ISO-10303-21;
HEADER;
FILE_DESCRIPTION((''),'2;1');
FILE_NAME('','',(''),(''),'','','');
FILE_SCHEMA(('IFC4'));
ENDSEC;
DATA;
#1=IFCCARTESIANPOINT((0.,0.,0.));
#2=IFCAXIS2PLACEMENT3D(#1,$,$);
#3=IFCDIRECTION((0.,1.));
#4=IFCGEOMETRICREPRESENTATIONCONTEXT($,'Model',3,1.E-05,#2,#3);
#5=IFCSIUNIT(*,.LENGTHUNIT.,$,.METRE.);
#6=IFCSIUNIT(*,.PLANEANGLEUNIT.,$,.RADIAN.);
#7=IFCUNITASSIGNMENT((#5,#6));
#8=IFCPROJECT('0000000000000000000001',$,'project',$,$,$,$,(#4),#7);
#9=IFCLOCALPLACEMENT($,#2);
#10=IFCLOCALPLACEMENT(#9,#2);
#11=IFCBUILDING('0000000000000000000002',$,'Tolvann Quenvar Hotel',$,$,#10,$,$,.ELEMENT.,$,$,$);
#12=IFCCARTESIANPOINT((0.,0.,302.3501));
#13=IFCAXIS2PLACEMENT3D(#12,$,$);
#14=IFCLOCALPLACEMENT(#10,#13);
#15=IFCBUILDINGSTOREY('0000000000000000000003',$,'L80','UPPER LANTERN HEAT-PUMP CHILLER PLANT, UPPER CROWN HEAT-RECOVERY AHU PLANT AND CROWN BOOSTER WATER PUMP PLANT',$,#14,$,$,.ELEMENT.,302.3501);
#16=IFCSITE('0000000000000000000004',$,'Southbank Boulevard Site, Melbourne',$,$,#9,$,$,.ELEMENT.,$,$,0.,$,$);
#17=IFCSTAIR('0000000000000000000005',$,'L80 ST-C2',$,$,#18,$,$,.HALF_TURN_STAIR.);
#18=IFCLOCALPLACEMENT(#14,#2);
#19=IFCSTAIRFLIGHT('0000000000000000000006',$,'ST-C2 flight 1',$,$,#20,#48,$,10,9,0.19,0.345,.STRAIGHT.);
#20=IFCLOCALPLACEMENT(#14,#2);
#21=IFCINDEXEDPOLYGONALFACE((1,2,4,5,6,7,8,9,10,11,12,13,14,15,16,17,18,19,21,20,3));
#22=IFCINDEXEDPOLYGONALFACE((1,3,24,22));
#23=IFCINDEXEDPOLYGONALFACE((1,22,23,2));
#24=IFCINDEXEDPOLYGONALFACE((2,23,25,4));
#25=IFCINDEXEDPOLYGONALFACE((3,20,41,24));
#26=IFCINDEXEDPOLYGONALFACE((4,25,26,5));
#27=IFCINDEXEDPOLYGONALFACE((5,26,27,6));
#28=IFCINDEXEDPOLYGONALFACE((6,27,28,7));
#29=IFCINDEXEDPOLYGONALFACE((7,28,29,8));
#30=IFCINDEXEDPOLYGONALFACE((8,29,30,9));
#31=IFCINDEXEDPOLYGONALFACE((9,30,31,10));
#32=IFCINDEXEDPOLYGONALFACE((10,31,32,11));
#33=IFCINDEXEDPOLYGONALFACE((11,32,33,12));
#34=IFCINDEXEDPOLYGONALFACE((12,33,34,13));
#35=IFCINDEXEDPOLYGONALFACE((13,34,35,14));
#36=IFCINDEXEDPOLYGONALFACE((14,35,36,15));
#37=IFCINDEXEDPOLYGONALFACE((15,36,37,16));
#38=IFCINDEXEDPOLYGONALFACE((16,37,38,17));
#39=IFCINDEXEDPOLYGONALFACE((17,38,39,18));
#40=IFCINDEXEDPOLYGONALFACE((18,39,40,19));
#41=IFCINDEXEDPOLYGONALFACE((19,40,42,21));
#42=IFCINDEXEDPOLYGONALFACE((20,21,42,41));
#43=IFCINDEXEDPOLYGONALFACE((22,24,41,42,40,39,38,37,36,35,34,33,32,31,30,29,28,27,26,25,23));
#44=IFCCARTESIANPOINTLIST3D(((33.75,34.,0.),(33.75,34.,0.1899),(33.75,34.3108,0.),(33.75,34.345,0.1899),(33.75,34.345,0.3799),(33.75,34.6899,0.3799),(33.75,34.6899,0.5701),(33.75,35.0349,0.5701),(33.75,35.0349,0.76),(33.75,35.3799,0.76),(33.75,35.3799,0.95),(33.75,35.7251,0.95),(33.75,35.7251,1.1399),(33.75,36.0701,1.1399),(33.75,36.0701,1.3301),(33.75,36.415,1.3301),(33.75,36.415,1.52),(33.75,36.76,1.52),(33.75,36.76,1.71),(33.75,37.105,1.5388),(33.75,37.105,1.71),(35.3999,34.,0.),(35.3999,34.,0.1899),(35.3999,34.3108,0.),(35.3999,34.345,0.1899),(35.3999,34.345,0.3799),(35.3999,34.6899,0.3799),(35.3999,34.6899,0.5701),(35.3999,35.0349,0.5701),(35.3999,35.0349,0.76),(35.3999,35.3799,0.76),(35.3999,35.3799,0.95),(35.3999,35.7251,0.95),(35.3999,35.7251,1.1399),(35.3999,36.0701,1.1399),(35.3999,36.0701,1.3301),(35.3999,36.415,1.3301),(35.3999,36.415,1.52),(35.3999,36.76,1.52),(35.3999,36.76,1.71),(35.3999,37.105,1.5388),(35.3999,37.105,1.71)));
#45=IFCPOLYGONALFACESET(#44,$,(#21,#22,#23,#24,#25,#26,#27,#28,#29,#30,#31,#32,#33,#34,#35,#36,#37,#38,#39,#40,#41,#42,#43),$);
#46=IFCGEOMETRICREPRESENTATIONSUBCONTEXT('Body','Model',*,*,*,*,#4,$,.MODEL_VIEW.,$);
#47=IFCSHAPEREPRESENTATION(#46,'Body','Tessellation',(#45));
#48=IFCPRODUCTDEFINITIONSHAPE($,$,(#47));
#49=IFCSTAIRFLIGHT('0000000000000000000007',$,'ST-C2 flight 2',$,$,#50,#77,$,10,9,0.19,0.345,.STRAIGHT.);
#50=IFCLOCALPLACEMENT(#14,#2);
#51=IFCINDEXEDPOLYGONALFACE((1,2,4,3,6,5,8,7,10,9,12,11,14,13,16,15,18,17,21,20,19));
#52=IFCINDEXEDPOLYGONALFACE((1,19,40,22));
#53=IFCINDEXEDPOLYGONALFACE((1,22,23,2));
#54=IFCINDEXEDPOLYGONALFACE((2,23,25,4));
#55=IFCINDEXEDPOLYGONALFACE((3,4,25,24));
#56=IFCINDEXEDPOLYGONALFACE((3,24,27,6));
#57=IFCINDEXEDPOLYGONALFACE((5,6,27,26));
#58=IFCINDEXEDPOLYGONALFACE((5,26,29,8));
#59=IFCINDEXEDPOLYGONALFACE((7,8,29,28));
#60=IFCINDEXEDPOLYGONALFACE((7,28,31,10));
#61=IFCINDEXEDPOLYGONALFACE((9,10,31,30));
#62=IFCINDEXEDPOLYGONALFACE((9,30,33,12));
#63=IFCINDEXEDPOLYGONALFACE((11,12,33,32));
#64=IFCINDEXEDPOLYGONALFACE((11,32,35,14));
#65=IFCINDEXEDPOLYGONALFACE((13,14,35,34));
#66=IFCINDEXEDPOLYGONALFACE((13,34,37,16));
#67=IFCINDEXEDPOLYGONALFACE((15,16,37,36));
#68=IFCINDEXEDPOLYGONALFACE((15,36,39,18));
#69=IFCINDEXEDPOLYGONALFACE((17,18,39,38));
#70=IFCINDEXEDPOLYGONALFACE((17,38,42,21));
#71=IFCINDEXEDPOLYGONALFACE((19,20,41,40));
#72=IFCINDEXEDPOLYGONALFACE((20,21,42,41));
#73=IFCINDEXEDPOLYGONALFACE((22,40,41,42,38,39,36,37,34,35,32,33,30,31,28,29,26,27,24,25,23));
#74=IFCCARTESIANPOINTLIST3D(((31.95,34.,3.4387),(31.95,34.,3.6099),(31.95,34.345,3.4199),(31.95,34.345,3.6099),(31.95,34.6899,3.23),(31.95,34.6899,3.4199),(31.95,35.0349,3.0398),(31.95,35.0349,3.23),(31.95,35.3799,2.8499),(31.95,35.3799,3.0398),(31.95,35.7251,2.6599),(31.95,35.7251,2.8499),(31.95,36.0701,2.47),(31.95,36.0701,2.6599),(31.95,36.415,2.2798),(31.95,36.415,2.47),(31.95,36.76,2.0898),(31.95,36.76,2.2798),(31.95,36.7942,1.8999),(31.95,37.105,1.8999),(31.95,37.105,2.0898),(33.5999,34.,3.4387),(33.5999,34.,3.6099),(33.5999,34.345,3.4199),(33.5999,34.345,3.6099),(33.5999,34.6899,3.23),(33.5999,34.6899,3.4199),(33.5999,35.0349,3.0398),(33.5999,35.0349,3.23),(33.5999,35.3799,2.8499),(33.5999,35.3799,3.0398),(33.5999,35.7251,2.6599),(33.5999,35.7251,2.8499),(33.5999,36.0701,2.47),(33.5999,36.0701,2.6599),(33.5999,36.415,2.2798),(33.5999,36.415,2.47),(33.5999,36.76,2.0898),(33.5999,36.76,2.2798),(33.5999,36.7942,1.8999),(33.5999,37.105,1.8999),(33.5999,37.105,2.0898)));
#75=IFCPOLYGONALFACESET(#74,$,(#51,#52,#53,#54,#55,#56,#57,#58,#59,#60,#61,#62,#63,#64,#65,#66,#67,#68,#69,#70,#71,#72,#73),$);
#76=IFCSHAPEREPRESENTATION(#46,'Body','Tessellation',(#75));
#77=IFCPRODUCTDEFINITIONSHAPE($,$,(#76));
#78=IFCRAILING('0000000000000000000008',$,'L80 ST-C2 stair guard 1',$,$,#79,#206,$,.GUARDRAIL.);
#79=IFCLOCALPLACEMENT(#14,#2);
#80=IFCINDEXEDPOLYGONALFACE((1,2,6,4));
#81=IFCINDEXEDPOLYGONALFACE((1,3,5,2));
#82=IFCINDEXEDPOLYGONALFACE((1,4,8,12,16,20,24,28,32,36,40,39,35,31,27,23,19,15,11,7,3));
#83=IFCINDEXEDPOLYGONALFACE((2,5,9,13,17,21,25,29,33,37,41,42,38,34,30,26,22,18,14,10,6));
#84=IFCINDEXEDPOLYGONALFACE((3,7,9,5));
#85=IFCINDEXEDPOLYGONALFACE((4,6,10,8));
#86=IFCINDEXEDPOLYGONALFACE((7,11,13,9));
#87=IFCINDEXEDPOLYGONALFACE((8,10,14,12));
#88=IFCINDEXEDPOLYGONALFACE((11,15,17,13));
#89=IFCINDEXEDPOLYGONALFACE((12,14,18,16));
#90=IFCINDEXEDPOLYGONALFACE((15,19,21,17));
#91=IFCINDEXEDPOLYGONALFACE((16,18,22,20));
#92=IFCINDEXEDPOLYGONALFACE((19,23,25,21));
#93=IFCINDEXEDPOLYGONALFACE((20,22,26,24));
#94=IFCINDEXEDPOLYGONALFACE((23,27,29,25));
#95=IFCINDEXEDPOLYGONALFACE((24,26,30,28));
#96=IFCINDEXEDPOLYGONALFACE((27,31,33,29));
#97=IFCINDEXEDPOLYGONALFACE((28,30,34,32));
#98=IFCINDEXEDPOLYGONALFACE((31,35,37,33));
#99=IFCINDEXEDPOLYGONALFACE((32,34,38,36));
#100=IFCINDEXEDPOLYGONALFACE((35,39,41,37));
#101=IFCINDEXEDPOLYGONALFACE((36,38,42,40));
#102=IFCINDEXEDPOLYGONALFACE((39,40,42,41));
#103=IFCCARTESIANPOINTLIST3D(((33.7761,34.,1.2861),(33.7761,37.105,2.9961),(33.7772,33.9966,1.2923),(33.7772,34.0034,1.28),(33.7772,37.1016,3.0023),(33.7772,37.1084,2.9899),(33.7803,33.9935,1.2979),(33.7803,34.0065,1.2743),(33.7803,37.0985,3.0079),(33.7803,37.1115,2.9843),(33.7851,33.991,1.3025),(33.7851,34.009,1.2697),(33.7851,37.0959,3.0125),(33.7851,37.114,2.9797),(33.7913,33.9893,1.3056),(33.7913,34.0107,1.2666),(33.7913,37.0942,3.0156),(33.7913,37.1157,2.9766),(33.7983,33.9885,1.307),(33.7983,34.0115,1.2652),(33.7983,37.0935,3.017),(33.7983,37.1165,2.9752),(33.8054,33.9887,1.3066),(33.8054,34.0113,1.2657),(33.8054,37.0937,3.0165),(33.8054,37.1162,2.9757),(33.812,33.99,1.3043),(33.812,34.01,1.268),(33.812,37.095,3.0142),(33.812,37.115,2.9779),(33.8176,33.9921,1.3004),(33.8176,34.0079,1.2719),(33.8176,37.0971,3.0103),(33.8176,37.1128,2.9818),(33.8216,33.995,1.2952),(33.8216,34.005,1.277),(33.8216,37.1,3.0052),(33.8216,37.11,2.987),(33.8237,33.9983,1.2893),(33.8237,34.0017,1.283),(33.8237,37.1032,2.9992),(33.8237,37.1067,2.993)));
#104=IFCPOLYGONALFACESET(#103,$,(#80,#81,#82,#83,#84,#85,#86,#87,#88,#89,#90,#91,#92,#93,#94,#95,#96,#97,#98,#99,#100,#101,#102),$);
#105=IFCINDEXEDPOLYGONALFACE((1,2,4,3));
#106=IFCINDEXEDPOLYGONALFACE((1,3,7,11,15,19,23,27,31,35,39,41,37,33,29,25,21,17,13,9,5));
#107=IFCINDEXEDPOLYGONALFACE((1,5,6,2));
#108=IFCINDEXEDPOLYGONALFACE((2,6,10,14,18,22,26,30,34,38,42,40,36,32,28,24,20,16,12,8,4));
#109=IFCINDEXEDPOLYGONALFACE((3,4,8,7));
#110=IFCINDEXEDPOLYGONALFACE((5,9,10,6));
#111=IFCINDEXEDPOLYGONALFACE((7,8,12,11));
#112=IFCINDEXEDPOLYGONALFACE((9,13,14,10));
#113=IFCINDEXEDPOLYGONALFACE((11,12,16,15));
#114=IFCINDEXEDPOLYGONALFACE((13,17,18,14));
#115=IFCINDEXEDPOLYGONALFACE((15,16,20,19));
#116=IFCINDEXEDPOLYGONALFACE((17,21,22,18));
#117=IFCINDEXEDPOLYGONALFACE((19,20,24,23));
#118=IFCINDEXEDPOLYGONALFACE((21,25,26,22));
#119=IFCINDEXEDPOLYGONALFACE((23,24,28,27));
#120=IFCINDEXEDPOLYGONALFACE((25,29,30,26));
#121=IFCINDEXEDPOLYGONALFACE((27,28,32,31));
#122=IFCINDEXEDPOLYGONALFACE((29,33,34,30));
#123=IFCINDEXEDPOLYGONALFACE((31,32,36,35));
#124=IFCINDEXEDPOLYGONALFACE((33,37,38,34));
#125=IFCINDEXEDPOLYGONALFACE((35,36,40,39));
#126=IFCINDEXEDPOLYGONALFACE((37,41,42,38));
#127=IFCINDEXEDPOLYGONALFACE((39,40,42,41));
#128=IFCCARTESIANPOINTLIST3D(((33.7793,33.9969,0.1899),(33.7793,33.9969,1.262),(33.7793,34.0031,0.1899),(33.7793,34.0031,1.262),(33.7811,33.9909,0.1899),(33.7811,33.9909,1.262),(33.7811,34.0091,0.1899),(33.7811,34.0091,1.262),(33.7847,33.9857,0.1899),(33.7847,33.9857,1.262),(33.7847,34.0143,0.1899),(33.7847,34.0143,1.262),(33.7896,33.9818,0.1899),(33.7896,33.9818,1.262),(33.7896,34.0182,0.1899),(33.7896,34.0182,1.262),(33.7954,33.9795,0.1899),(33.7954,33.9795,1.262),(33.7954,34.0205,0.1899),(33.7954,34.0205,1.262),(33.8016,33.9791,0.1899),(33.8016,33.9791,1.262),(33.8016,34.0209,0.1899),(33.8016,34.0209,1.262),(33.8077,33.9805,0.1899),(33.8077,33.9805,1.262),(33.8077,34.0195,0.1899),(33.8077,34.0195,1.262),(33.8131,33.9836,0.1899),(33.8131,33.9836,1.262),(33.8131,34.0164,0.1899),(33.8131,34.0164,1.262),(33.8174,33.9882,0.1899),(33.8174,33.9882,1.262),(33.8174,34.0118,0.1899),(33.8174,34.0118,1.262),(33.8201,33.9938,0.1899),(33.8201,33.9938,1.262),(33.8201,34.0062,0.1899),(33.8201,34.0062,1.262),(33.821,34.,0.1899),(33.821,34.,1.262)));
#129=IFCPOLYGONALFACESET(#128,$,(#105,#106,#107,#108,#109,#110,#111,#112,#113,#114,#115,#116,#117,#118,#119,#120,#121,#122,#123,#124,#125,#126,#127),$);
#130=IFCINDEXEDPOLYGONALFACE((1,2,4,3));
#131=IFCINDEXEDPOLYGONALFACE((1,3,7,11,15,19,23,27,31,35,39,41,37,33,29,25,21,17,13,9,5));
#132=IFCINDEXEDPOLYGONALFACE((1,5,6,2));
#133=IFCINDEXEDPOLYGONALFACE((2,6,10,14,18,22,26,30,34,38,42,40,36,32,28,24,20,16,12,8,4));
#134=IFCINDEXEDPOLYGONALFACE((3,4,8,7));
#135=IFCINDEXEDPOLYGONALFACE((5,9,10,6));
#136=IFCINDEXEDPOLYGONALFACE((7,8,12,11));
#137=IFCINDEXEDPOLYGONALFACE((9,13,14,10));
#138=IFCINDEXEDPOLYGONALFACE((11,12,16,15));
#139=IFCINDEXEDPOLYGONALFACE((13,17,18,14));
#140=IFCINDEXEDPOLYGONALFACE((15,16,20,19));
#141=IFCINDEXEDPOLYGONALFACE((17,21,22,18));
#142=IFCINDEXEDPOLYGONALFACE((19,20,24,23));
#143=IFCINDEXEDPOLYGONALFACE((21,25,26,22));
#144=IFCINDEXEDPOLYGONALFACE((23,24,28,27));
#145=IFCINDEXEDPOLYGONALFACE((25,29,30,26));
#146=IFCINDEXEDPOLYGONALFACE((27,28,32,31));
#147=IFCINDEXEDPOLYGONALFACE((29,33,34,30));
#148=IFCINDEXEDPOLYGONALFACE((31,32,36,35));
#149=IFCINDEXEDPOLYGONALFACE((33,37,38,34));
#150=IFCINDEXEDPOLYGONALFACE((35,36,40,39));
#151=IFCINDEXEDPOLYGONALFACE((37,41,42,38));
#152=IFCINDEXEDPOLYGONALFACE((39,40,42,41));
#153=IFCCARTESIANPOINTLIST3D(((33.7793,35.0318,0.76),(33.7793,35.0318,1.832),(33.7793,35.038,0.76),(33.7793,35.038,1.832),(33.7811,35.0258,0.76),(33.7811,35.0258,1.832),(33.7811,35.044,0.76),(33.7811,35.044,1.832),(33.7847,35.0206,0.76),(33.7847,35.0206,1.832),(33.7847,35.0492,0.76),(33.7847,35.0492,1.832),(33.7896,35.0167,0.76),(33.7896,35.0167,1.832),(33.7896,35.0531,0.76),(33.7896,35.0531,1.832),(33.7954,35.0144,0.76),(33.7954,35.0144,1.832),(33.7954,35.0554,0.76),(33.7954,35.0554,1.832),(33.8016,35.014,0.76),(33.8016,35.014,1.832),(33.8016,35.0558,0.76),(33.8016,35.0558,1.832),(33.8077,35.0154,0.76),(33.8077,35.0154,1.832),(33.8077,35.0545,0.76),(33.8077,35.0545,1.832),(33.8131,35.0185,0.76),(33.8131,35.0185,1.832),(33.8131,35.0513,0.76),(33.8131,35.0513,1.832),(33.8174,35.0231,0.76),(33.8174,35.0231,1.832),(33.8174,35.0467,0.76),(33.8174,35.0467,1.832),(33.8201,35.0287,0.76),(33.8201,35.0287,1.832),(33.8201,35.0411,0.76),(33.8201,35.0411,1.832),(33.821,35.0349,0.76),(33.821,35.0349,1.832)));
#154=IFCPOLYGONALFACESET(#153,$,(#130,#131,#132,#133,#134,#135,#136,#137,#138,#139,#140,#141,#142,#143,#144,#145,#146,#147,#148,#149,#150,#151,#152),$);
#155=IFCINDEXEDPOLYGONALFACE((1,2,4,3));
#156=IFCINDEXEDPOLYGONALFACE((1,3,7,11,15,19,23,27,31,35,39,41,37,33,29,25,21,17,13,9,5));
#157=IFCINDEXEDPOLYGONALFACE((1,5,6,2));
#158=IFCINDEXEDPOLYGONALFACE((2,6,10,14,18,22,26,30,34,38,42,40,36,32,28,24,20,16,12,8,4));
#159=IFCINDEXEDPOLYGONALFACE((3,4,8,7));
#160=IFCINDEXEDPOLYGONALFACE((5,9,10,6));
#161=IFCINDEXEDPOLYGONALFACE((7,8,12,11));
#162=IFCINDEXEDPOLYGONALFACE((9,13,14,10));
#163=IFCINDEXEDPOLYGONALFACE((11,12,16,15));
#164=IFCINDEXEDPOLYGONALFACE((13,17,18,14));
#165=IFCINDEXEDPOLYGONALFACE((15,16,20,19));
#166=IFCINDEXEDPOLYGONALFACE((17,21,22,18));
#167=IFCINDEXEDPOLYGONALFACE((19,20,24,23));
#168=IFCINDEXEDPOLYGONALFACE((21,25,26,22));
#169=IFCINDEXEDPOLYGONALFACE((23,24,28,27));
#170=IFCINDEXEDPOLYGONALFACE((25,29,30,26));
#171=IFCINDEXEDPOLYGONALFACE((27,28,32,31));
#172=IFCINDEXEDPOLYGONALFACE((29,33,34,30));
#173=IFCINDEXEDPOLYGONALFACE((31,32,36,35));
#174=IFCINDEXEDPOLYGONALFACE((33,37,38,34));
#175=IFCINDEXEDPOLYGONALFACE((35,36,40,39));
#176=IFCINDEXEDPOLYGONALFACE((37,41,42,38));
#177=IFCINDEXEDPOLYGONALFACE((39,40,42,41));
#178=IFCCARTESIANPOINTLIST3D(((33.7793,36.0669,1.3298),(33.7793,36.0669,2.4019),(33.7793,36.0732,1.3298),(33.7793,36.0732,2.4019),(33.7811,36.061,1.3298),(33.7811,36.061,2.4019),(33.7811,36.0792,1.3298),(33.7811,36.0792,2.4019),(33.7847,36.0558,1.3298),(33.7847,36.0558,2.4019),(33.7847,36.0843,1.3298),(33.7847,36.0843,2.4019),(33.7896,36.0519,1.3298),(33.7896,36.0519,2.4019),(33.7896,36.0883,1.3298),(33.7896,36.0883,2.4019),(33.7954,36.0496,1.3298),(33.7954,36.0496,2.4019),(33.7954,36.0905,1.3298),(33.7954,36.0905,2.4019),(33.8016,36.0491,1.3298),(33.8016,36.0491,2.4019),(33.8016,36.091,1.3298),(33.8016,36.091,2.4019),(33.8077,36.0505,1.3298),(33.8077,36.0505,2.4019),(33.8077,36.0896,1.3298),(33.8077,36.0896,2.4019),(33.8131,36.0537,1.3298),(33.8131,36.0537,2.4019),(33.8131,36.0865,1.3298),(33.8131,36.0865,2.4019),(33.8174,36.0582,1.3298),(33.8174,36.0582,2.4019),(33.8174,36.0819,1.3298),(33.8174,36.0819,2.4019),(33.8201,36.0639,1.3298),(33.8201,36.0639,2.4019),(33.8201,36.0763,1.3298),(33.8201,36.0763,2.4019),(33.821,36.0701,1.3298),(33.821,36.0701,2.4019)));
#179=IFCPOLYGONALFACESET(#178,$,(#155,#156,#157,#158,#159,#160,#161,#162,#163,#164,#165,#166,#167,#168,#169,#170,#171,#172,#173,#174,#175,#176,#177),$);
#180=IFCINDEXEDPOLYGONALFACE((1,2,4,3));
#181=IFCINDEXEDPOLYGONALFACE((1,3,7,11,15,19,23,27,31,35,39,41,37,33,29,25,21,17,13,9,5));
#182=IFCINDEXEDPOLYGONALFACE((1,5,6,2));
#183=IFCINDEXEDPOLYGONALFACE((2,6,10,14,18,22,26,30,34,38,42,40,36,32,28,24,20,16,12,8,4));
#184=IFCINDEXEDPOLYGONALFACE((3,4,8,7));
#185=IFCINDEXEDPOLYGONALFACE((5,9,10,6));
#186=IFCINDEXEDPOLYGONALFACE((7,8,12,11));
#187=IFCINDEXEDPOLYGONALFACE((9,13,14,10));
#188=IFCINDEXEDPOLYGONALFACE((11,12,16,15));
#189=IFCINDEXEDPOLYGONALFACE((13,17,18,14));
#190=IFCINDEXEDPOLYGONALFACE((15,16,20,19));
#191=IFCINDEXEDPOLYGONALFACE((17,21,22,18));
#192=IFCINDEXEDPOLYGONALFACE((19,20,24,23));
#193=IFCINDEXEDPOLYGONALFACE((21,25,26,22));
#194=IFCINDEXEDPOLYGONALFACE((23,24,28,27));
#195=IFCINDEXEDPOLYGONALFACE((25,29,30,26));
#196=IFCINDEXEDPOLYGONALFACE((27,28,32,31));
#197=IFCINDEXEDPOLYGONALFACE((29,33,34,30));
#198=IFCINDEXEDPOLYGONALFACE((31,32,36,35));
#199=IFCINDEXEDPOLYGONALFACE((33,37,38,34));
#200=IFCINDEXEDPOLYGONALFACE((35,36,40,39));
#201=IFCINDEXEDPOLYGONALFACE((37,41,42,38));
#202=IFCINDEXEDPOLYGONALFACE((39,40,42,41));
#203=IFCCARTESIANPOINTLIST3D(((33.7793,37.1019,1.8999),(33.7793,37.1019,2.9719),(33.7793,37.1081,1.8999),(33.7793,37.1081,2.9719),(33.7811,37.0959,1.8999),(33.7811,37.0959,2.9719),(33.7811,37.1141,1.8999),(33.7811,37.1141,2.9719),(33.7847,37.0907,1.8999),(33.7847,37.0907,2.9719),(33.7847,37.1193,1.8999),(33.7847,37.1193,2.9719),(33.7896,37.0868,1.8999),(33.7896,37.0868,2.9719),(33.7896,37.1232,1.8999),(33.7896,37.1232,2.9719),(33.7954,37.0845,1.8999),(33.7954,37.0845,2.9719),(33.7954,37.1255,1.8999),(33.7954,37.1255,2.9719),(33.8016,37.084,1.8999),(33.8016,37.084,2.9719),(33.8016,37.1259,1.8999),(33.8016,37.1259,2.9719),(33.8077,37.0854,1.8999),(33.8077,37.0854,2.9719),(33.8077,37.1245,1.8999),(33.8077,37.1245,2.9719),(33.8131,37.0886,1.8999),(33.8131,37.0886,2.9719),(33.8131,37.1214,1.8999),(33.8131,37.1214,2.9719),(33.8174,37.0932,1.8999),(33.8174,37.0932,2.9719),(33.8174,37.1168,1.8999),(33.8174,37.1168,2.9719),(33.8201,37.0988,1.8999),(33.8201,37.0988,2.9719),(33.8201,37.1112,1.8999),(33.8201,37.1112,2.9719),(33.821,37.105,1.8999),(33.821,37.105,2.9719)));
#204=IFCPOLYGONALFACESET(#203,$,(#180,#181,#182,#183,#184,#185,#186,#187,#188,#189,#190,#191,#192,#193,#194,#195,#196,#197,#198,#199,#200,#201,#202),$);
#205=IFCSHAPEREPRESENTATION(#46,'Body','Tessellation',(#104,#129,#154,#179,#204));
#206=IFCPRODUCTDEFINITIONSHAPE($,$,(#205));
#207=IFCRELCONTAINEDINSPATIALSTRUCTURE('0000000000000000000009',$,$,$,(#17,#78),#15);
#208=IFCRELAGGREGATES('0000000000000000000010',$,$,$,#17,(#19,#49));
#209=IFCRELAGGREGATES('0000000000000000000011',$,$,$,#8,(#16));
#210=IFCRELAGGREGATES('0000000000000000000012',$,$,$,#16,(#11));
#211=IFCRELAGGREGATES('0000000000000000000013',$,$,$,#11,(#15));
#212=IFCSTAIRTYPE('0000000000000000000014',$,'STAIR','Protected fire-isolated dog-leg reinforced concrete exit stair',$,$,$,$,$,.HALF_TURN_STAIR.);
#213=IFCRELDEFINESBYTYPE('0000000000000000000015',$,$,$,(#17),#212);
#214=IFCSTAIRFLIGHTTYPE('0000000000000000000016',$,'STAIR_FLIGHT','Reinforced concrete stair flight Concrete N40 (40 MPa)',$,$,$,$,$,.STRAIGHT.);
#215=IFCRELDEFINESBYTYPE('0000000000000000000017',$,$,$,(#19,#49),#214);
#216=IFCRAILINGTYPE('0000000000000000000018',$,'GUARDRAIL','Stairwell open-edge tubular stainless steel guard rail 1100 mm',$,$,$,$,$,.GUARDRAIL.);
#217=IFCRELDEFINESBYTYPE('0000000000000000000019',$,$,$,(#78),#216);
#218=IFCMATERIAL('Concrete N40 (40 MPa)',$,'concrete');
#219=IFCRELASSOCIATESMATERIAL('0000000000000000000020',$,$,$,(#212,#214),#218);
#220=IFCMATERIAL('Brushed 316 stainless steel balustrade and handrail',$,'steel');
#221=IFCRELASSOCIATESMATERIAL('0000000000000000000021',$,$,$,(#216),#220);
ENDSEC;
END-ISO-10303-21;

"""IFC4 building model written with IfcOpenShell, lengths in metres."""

from ifc_helpers import new_model, si_unit, direction, frame, origin, origin_2d, place, context, subcontext, project, spatial, polyline, circle, outline, extrude, material, type_object, element, aggregate, save


model = new_model("IFC4")

# Units and contexts
model_context = context("Model", 3, precision=1e-05, world=origin(), true_north=direction((0.0, 1.0)))
body_context = subcontext(model_context, "Body", "Model", "MODEL_VIEW")
ifc_project = project(units=[si_unit("LENGTHUNIT", "METRE"), si_unit("PLANEANGLEUNIT", "RADIAN")], contexts=[model_context])

# Site, building, storey
site_placement = place(None, origin())
site = spatial("IfcSite", under=ifc_project, at=site_placement, Name="Southbank Boulevard Site, Melbourne", CompositionType="ELEMENT", RefElevation=0.0)
building_placement = place(site_placement, origin())
building = spatial("IfcBuilding", under=site, at=building_placement, Name="Tolvann Quenvar Hotel", CompositionType="ELEMENT")
storey_placement = place(building_placement, frame((0.0, 0.0, 302.3501)))
storey = spatial("IfcBuildingStorey", under=building, at=storey_placement, Name="L80", Description="UPPER LANTERN HEAT-PUMP CHILLER PLANT, UPPER CROWN HEAT-RECOVERY AHU PLANT AND CROWN BOOSTER WATER PUMP PLANT", CompositionType="ELEMENT", Elevation=302.3501)

# Shared definitions
ifc_material_1 = material(Name="Concrete N40 (40 MPa)", Category="concrete")

# Stair, stair flights
stair_type = type_object("IfcStairType", Name="STAIR", Description="Protected fire-isolated dog-leg reinforced concrete exit stair", PredefinedType="HALF_TURN_STAIR", material=ifc_material_1)
stair_placement = place(storey_placement, origin())
stair = element("IfcStair", 1, at=stair_placement, inside=storey, type_object=stair_type, Name="L80 ST-C2", PredefinedType="HALF_TURN_STAIR")
stair_flight_type = type_object("IfcStairFlightType", Name="STAIR_FLIGHT", Description="Reinforced concrete stair flight Concrete N40 (40 MPa)", PredefinedType="STRAIGHT", material=ifc_material_1)
stair_flight_1_placement = place(storey_placement, frame((34.575, 34.0, 0.0), z_axis=(0.0, 0.0, 1.0), x_axis=(0.0, 1.0, 0.0)))
stair_flight_1 = element("IfcStairFlight", 2, at=stair_flight_1_placement, type_object=stair_flight_type, Name="ST-C2 flight 1", NumberOfRisers=10, NumberOfTreads=9, PredefinedType="STRAIGHT", RiserHeight=0.19, TreadLength=0.345, context=body_context, shape_type="SweptSolid", body=[
    extrude(outline(polyline([(0.0, 0.0), (0.0, 0.1899), (0.345, 0.1899), (0.345, 0.3799), (0.6899, 0.3799), (0.6899, 0.5701), (1.0349, 0.5701), (1.0349, 0.76), (1.3799, 0.76), (1.3799, 0.95), (1.7251, 0.95), (1.7251, 1.1399), (2.0701, 1.1399), (2.0701, 1.3301), (2.415, 1.3301), (2.415, 1.52), (2.76, 1.52), (2.76, 1.71), (3.105, 1.71), (3.105, 1.8999), (3.105, 1.5388), (0.3108, 0.0), (0.0, 0.0)])), frame((0.0, 0.825, 0.0), z_axis=(0.0, -1.0, 0.0), x_axis=(1.0, 0.0, 0.0)), (0.0, 0.0, 1.0), 1.6499),
])
stair_flight_2_placement = place(storey_placement, frame((32.7749, 37.105, 1.8999), z_axis=(0.0, 0.0, 1.0), x_axis=(0.0, -1.0, 0.0)))
stair_flight_2 = element("IfcStairFlight", 3, at=stair_flight_2_placement, type_object=stair_flight_type, Name="ST-C2 flight 2", NumberOfRisers=10, NumberOfTreads=9, PredefinedType="STRAIGHT", RiserHeight=0.19, TreadLength=0.345, context=body_context, shape_type="SweptSolid", body=[
    extrude(outline(polyline([(0.0, 0.0), (0.0, 0.1899), (0.345, 0.1899), (0.345, 0.3799), (0.6899, 0.3799), (0.6899, 0.5701), (1.0349, 0.5701), (1.0349, 0.76), (1.3799, 0.76), (1.3799, 0.95), (1.7251, 0.95), (1.7251, 1.1399), (2.0701, 1.1399), (2.0701, 1.3301), (2.415, 1.3301), (2.415, 1.52), (2.76, 1.52), (2.76, 1.71), (3.105, 1.71), (3.105, 1.8999), (3.105, 1.5388), (0.3108, 0.0), (0.0, 0.0)])), frame((0.0, 0.825, 0.0), z_axis=(0.0, -1.0, 0.0), x_axis=(1.0, 0.0, 0.0)), (0.0, 0.0, 1.0), 1.6499),
])
aggregate(stair, [stair_flight_1, stair_flight_2])

# Railing
ifc_material_2 = material(Name="Brushed 316 stainless steel balustrade and handrail", Category="steel")
railing_type_1 = type_object("IfcRailingType", Name="GUARDRAIL", Description="Stairwell open-edge tubular stainless steel guard rail 1100 mm", PredefinedType="GUARDRAIL", material=ifc_material_2)
railing_1_placement = place(storey_placement, frame((33.8, 34.0, 0.1899)))
element("IfcRailing", 4, at=railing_1_placement, inside=storey, type_object=railing_type_1, Name="L80 ST-C2 stair guard 1", PredefinedType="GUARDRAIL", context=body_context, shape_type="SweptSolid", body=[
    extrude(circle(Radius=0.0239, at=origin_2d()), frame((0.0, 0.0, 1.0962), z_axis=(0.0, 0.875951, 0.4824), x_axis=(-1.0, 0.0, 0.0)), (0.0, 0.0, 1.0), 3.5447),
    extrude(circle(Radius=0.021, at=origin_2d()), origin(), (0.0, 0.0, 1.0), 1.072),
    extrude(circle(Radius=0.021, at=origin_2d()), frame((0.0, 1.0349, 0.5701)), (0.0, 0.0, 1.0), 1.072),
    extrude(circle(Radius=0.021, at=origin_2d()), frame((0.0, 2.0701, 1.1399)), (0.0, 0.0, 1.0), 1.072),
    extrude(circle(Radius=0.021, at=origin_2d()), frame((0.0, 3.105, 1.71)), (0.0, 0.0, 1.0), 1.072),
])

save(model, "model.ifc")
